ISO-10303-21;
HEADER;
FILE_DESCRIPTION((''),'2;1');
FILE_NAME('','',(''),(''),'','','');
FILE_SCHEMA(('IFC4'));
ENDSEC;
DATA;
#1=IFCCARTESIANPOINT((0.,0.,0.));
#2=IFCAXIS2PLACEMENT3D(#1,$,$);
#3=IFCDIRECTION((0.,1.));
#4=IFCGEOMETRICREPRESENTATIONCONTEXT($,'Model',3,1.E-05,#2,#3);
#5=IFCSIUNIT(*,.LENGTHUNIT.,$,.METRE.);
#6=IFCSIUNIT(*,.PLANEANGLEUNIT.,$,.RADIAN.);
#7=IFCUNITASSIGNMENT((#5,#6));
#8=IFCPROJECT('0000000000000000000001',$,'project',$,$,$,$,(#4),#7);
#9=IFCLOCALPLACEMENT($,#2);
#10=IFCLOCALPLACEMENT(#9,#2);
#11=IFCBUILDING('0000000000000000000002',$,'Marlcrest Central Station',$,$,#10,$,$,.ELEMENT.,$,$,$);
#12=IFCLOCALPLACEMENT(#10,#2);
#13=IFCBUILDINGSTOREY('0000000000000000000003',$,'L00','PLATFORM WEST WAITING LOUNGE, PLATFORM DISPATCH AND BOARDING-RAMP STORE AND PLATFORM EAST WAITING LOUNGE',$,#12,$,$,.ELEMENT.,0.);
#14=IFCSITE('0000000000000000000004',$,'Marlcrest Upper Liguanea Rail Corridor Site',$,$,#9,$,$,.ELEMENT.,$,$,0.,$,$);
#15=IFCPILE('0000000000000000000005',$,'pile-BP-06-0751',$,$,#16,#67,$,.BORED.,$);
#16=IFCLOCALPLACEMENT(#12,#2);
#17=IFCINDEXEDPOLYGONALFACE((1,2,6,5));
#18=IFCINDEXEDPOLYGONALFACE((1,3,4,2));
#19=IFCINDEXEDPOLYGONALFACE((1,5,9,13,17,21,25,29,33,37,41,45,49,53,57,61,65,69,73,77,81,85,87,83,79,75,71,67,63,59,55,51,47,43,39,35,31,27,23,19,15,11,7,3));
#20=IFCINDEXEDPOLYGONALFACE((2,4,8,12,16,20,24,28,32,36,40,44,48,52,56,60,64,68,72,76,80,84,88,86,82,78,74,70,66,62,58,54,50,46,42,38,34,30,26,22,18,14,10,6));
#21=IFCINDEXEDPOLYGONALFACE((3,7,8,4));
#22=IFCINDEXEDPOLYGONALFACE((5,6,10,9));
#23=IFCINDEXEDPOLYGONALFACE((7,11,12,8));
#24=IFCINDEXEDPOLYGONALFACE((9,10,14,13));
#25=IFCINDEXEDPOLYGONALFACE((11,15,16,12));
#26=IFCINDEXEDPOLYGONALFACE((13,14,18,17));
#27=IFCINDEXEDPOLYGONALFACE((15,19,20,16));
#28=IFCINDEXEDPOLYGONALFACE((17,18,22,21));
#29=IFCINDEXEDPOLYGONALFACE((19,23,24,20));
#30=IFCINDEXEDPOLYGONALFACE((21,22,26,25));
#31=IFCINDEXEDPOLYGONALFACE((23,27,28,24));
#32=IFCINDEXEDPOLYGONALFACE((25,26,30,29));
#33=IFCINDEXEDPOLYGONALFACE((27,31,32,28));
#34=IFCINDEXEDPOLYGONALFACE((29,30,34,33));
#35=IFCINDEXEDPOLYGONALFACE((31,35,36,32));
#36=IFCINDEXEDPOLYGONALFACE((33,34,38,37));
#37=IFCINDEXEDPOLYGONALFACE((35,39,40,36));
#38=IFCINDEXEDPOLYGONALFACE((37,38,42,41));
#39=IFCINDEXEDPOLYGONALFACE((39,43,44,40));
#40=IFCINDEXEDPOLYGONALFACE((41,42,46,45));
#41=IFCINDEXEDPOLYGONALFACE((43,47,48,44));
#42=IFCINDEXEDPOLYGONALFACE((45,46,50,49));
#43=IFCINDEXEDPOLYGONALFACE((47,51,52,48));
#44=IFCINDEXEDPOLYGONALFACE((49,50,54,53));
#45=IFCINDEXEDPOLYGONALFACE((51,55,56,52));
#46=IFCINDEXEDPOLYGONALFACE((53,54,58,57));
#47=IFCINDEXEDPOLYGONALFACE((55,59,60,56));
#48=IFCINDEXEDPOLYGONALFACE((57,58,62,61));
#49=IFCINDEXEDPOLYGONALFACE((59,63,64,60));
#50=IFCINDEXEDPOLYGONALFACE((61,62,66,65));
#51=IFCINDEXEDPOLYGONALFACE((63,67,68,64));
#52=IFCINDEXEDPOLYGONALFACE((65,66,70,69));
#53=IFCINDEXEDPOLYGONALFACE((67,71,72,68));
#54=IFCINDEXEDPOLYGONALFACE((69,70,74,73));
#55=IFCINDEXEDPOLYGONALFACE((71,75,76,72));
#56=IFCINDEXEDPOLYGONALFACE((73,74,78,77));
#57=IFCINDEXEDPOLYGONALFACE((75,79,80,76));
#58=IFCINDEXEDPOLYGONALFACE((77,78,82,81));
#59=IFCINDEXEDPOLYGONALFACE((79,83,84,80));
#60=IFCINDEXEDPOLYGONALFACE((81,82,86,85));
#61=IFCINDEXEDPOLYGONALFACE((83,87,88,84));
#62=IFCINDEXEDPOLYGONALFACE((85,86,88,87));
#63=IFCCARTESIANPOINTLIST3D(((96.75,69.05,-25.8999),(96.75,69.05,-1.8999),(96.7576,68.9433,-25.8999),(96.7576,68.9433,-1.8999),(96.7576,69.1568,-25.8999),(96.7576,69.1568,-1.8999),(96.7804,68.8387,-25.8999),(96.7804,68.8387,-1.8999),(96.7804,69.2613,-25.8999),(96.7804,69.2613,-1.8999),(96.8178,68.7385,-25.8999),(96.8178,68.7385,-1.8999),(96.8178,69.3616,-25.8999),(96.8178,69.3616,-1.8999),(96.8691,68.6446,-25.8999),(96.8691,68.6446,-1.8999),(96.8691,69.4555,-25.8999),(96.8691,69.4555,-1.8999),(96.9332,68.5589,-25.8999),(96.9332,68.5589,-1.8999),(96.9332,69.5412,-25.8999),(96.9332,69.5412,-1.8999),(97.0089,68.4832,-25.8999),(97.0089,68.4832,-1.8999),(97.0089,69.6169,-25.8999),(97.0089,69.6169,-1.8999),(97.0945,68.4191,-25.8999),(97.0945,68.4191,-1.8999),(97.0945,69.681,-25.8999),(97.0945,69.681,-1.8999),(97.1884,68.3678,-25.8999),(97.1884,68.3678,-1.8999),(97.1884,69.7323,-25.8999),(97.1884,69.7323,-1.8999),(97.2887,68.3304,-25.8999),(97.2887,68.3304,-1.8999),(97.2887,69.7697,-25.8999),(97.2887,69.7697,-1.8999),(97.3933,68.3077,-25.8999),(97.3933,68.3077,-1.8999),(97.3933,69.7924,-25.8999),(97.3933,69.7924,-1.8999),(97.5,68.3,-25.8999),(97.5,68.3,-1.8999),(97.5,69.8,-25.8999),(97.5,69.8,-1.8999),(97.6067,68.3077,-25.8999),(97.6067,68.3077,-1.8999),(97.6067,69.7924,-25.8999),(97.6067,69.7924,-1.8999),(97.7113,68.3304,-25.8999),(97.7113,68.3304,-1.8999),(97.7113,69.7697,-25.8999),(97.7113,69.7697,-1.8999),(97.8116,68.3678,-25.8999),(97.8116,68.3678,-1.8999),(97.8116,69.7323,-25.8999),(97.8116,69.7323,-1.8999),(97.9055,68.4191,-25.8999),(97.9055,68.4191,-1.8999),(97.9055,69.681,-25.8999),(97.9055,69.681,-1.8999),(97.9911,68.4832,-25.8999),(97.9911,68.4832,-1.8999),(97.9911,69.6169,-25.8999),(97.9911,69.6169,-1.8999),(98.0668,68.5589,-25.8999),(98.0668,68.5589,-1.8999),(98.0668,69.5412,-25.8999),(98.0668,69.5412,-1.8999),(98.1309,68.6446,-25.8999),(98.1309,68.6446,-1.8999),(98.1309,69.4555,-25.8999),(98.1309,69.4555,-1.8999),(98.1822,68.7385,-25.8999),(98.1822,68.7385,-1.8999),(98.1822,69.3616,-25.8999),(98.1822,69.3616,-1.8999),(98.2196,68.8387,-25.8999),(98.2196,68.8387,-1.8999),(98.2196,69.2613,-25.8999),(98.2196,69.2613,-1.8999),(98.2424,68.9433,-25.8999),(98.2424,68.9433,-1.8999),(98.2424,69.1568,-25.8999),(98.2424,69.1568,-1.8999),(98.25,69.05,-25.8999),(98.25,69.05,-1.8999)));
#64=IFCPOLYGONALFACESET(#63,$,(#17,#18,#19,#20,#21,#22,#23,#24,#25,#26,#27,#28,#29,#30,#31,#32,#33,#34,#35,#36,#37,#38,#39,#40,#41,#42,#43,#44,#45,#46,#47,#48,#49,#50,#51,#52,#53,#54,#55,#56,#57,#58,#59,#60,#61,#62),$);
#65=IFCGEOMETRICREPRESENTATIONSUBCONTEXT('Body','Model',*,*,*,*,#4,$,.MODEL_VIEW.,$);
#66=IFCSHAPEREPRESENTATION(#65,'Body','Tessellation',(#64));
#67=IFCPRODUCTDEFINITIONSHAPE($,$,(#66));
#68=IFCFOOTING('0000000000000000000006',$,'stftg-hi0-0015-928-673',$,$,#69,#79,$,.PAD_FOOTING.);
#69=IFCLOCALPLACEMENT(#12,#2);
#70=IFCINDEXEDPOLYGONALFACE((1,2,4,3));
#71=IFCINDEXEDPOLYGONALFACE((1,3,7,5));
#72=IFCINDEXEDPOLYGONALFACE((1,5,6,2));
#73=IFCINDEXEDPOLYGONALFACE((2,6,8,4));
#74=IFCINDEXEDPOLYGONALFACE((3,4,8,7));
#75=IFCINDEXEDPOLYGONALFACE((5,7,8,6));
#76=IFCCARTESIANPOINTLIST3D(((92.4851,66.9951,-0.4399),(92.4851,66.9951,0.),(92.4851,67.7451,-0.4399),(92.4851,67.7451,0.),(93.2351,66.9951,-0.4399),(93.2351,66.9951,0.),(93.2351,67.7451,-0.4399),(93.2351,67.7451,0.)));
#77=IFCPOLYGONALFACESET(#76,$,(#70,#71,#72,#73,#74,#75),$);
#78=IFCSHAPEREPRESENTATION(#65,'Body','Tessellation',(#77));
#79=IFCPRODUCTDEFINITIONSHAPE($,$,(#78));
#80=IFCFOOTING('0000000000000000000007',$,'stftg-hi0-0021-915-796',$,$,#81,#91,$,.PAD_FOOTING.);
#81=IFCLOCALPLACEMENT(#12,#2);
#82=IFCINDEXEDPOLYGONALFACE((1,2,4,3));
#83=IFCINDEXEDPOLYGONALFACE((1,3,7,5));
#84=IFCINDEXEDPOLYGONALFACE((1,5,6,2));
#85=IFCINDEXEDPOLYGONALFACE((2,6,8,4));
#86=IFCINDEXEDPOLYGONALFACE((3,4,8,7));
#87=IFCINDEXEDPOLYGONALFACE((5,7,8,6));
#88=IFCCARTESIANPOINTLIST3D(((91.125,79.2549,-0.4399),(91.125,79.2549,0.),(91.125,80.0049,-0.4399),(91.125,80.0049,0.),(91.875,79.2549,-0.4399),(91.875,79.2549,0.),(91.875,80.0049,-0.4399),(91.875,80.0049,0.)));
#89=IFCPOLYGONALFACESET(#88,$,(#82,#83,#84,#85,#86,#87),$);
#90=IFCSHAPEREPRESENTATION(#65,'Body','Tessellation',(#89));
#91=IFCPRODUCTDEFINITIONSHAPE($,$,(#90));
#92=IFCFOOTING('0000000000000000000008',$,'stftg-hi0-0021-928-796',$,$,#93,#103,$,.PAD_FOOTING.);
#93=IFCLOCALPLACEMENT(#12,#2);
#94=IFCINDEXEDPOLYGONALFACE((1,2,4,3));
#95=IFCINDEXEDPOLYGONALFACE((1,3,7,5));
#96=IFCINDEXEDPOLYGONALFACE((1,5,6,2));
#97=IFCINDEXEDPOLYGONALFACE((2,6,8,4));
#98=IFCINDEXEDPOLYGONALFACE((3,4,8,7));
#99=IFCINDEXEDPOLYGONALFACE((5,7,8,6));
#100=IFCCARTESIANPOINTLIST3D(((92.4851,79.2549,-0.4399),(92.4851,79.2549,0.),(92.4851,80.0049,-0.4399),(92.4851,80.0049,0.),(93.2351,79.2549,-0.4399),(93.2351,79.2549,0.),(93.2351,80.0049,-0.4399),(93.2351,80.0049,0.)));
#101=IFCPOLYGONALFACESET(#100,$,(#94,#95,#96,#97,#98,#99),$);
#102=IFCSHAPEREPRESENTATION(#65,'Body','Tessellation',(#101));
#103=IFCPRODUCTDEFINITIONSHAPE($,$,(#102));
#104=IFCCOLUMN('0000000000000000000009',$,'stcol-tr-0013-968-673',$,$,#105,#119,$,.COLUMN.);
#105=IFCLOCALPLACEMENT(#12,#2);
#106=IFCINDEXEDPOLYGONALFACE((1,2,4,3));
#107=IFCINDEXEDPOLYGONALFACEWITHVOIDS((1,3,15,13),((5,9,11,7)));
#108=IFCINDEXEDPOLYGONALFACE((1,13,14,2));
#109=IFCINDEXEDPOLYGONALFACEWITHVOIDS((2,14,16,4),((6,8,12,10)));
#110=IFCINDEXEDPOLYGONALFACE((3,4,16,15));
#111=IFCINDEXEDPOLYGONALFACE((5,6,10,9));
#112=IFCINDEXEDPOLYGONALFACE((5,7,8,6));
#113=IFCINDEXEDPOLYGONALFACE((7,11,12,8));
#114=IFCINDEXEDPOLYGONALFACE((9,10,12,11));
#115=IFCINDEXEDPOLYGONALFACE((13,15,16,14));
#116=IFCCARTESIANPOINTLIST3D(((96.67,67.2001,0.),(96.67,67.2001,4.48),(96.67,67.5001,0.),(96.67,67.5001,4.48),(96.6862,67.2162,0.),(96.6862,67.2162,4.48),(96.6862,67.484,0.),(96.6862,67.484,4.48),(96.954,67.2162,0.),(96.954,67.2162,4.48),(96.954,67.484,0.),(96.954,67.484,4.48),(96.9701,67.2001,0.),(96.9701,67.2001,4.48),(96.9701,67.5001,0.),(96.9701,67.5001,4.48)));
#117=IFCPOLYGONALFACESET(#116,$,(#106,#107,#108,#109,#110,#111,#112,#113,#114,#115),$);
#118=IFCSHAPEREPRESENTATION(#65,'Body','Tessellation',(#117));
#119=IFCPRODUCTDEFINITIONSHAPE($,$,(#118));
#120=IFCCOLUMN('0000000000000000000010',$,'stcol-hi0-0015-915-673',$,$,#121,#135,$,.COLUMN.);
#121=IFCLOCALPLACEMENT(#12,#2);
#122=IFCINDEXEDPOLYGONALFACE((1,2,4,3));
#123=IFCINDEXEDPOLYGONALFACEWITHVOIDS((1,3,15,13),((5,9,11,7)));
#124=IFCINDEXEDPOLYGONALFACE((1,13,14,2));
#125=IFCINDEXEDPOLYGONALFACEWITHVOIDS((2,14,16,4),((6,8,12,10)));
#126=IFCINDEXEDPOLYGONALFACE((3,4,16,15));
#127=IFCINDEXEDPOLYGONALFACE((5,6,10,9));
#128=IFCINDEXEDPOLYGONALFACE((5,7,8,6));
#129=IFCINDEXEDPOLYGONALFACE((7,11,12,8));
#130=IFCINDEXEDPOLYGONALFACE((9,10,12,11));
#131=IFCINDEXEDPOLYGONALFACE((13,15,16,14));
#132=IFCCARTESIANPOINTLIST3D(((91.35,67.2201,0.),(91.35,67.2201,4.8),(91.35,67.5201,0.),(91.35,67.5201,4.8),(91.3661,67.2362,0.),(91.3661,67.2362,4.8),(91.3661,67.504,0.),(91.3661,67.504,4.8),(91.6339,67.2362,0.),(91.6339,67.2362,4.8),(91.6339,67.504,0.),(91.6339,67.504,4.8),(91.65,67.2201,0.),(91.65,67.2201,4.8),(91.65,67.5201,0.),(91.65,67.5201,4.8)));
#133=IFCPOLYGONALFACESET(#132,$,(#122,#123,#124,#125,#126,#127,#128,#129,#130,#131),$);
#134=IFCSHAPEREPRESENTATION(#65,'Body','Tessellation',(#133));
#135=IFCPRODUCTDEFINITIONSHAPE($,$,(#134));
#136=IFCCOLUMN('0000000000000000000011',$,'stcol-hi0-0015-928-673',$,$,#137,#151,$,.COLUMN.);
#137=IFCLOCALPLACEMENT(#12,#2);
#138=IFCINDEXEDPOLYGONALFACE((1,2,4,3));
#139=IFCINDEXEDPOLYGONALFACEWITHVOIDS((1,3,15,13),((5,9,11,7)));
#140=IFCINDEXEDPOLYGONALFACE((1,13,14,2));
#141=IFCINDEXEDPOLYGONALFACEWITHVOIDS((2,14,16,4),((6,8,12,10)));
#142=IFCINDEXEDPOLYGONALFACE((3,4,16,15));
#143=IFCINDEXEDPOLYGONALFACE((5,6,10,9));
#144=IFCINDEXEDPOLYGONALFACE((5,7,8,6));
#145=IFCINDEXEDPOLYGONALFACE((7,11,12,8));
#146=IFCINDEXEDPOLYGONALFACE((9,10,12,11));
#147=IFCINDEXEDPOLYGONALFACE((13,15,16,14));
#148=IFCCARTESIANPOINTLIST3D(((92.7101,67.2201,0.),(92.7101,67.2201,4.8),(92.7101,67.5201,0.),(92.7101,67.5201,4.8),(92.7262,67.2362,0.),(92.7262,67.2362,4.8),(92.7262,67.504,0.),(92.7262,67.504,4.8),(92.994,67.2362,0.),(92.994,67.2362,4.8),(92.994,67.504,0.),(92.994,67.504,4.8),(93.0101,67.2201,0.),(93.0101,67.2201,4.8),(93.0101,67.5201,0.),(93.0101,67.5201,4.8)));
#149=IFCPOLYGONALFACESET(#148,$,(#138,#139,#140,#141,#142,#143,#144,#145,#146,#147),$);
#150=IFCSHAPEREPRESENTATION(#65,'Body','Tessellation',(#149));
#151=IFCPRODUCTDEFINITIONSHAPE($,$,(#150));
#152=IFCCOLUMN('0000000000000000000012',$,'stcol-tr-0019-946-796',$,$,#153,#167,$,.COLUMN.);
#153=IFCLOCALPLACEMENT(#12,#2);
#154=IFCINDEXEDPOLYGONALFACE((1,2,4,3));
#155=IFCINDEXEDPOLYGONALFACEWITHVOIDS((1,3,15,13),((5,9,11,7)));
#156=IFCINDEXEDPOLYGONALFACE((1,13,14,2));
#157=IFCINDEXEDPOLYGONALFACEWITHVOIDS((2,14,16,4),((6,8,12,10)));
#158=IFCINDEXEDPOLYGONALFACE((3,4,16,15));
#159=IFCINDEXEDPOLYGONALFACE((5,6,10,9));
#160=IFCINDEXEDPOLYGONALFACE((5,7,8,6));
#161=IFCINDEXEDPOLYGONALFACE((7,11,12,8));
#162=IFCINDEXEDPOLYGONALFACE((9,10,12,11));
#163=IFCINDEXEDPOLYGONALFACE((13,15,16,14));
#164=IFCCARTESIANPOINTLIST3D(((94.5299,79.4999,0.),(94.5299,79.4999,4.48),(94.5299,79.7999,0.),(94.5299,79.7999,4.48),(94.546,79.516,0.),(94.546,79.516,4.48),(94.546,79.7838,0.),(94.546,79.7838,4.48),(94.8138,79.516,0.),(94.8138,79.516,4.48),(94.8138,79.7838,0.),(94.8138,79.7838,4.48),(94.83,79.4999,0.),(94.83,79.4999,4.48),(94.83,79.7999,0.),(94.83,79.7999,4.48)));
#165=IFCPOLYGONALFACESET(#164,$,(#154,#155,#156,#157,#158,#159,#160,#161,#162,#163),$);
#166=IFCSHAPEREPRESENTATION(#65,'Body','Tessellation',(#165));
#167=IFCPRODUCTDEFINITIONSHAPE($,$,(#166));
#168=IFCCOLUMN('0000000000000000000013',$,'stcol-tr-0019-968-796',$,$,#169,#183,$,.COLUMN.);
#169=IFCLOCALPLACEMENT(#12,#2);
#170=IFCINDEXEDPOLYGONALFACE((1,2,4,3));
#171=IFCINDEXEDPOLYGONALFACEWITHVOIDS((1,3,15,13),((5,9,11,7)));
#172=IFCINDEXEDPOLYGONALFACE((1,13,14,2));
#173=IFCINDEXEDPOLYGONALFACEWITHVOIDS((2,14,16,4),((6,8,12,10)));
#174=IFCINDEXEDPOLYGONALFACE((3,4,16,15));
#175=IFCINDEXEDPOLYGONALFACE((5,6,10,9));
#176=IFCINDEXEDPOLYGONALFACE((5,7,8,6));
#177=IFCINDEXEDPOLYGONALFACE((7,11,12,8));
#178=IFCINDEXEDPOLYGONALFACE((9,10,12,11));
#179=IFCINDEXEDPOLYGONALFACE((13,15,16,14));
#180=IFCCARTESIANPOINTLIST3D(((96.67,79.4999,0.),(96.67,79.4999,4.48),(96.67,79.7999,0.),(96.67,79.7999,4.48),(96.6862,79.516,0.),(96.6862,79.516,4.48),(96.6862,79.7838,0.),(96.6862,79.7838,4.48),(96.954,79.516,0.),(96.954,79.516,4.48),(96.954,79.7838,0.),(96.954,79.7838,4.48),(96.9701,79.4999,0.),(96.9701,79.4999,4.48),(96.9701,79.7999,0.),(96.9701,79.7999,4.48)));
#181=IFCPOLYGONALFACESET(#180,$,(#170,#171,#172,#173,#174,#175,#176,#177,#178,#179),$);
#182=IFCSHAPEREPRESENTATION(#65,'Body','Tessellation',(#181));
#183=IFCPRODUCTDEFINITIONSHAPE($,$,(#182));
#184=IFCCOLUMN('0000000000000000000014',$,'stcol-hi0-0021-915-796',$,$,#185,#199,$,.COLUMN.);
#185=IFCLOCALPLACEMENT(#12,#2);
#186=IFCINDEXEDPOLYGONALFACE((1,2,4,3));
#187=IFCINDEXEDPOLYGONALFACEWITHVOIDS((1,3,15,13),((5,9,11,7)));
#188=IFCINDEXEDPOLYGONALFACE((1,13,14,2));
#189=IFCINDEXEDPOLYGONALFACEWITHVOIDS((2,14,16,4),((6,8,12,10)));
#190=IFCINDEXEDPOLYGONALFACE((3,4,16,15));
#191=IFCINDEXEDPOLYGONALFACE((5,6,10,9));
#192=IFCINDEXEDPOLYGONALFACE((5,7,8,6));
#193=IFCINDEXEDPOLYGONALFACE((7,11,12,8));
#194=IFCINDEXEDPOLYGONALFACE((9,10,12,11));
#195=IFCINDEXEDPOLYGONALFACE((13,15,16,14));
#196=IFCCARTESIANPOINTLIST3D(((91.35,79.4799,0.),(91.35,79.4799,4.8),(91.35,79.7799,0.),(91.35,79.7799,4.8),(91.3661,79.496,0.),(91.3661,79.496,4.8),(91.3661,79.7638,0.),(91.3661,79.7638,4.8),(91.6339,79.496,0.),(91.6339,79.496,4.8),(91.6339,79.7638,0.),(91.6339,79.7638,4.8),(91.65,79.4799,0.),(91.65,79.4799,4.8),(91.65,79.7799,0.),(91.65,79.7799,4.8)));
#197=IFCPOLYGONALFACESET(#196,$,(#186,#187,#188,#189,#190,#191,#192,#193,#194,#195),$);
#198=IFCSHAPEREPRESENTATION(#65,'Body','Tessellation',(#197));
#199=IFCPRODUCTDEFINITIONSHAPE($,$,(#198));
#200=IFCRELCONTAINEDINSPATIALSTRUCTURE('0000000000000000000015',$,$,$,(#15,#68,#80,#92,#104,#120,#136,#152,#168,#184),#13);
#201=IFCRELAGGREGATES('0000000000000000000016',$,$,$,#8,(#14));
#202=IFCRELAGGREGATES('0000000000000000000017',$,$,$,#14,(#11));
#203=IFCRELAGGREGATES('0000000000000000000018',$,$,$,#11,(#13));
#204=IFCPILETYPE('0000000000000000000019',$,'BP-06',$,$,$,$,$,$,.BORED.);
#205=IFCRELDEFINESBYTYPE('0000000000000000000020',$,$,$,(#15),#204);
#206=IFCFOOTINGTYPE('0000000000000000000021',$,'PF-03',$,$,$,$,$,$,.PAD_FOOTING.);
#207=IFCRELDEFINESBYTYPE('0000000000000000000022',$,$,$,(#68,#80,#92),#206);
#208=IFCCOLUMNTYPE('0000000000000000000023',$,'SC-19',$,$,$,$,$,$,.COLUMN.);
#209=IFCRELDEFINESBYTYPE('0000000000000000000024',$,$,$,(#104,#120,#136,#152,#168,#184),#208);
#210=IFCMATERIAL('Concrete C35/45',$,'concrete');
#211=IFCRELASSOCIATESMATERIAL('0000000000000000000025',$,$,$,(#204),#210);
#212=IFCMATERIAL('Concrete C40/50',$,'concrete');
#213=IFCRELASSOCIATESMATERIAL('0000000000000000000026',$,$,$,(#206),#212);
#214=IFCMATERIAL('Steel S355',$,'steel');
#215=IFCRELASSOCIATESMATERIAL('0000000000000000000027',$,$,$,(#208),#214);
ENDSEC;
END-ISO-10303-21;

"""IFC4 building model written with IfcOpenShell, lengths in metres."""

from ifc_helpers import new_model, si_unit, direction, frame, origin, origin_2d, place, context, subcontext, project, spatial, rectangle, hollow_rectangle, circle, extrude, material, material_profile, profile_set, type_object, element, save


model = new_model("IFC4")

# Units and contexts
model_context = context("Model", 3, precision=1e-05, world=origin(), true_north=direction((0.0, 1.0)))
body_context = subcontext(model_context, "Body", "Model", "MODEL_VIEW")
ifc_project = project(units=[si_unit("LENGTHUNIT", "METRE"), si_unit("PLANEANGLEUNIT", "RADIAN")], contexts=[model_context])

# Site, building, storey
site_placement = place(None, origin())
site = spatial("IfcSite", under=ifc_project, at=site_placement, Name="Marlcrest Upper Liguanea Rail Corridor Site", CompositionType="ELEMENT", RefElevation=0.0)
building_placement = place(site_placement, origin())
building = spatial("IfcBuilding", under=site, at=building_placement, Name="Marlcrest Central Station", CompositionType="ELEMENT")
storey_placement = place(building_placement, origin())
storey = spatial("IfcBuildingStorey", under=building, at=storey_placement, Name="L00", Description="PLATFORM WEST WAITING LOUNGE, PLATFORM DISPATCH AND BOARDING-RAMP STORE AND PLATFORM EAST WAITING LOUNGE", CompositionType="ELEMENT", Elevation=0.0)

# Pile
ifc_material_1 = material(Name="Concrete C35/45", Category="concrete")
ifc_material_profile_1 = material_profile(ifc_material_1, circle(Radius=0.75, at=origin_2d()), Name="PILE D1500")
ifc_profile_set_1 = profile_set([ifc_material_profile_1], Name="Concrete C35/45")
pile_type_1 = type_object("IfcPileType", Name="BP-06", PredefinedType="BORED", material=ifc_profile_set_1)
for number, where, z_axis, x_axis, name in (
    (1, (97.5, 69.05, -1.8999), (0.0, 0.0, -1.0), (1.0, 0.0, 0.0), "pile-BP-06-0751"),
):
    element("IfcPile", number, at=place(storey_placement, frame(where, z_axis=z_axis, x_axis=x_axis)), inside=storey, type_object=pile_type_1, Name=name, PredefinedType="BORED", context=body_context, shape_type="SweptSolid", body=[
        extrude(circle(Radius=0.75, at=origin_2d()), origin(), (0.0, 0.0, 1.0), 24.0),
    ])

# Footings
ifc_material_2 = material(Name="Concrete C40/50", Category="concrete")
footing_type = type_object("IfcFootingType", Name="PF-03", PredefinedType="PAD_FOOTING", material=ifc_material_2)
for number, where, z_axis, x_axis, name in (
    (2, (92.8601, 67.3701, -0.4399), (0.0, 0.0, 1.0), (1.0, 0.0, 0.0), "stftg-hi0-0015-928-673"),
    (3, (91.5, 79.6299, -0.4399), (0.0, 0.0, 1.0), (1.0, 0.0, 0.0), "stftg-hi0-0021-915-796"),
    (4, (92.8601, 79.6299, -0.4399), (0.0, 0.0, 1.0), (1.0, 0.0, 0.0), "stftg-hi0-0021-928-796"),
):
    element("IfcFooting", number, at=place(storey_placement, frame(where, z_axis=z_axis, x_axis=x_axis)), inside=storey, type_object=footing_type, Name=name, PredefinedType="PAD_FOOTING", context=body_context, shape_type="SweptSolid", body=[
        extrude(rectangle(XDim=0.75, YDim=0.75, at=origin_2d()), origin(), (0.0, 0.0, 1.0), 0.4399),
    ])

# Columns
ifc_material_3 = material(Name="Steel S355", Category="steel")
ifc_material_profile_2 = material_profile(ifc_material_3, hollow_rectangle(XDim=0.3, YDim=0.3, WallThickness=0.0161, at=origin_2d()), Name="SHS 300x300x16")
ifc_profile_set_2 = profile_set([ifc_material_profile_2], Name="Steel S355")
column_type = type_object("IfcColumnType", Name="SC-19", PredefinedType="COLUMN", material=ifc_profile_set_2)
column_placement = place(storey_placement, frame((96.8201, 67.3501, 0.0), z_axis=(0.0, 0.0, 1.0), x_axis=(1.0, 0.0, 0.0)))
element("IfcColumn", 5, at=column_placement, inside=storey, type_object=column_type, Name="stcol-tr-0013-968-673", PredefinedType="COLUMN", context=body_context, shape_type="SweptSolid", body=[
    extrude(hollow_rectangle(XDim=0.3, YDim=0.3, WallThickness=0.0161, at=origin_2d()), origin(), (0.0, 0.0, 1.0), 4.48),
])
for number, where, z_axis, x_axis, name in (
    (6, (91.5, 67.3701, 0.0), (0.0, 0.0, 1.0), (1.0, 0.0, 0.0), "stcol-hi0-0015-915-673"),
    (7, (92.8601, 67.3701, 0.0), (0.0, 0.0, 1.0), (1.0, 0.0, 0.0), "stcol-hi0-0015-928-673"),
):
    element("IfcColumn", number, at=place(storey_placement, frame(where, z_axis=z_axis, x_axis=x_axis)), inside=storey, type_object=column_type, Name=name, PredefinedType="COLUMN", context=body_context, shape_type="SweptSolid", body=[
        extrude(hollow_rectangle(XDim=0.3, YDim=0.3, WallThickness=0.0161, at=origin_2d()), origin(), (0.0, 0.0, 1.0), 4.8),
    ])
for number, where, z_axis, x_axis, name in (
    (8, (94.6799, 79.6499, 0.0), (0.0, 0.0, 1.0), (1.0, 0.0, 0.0), "stcol-tr-0019-946-796"),
    (9, (96.8201, 79.6499, 0.0), (0.0, 0.0, 1.0), (1.0, 0.0, 0.0), "stcol-tr-0019-968-796"),
):
    element("IfcColumn", number, at=place(storey_placement, frame(where, z_axis=z_axis, x_axis=x_axis)), inside=storey, type_object=column_type, Name=name, PredefinedType="COLUMN", context=body_context, shape_type="SweptSolid", body=[
        extrude(hollow_rectangle(XDim=0.3, YDim=0.3, WallThickness=0.0161, at=origin_2d()), origin(), (0.0, 0.0, 1.0), 4.48),
    ])
for number, where, z_axis, x_axis, name in (
    (10, (91.5, 79.6299, 0.0), (0.0, 0.0, 1.0), (1.0, 0.0, 0.0), "stcol-hi0-0021-915-796"),
):
    element("IfcColumn", number, at=place(storey_placement, frame(where, z_axis=z_axis, x_axis=x_axis)), inside=storey, type_object=column_type, Name=name, PredefinedType="COLUMN", context=body_context, shape_type="SweptSolid", body=[
        extrude(hollow_rectangle(XDim=0.3, YDim=0.3, WallThickness=0.0161, at=origin_2d()), origin(), (0.0, 0.0, 1.0), 4.8),
    ])

save(model, "model.ifc")
